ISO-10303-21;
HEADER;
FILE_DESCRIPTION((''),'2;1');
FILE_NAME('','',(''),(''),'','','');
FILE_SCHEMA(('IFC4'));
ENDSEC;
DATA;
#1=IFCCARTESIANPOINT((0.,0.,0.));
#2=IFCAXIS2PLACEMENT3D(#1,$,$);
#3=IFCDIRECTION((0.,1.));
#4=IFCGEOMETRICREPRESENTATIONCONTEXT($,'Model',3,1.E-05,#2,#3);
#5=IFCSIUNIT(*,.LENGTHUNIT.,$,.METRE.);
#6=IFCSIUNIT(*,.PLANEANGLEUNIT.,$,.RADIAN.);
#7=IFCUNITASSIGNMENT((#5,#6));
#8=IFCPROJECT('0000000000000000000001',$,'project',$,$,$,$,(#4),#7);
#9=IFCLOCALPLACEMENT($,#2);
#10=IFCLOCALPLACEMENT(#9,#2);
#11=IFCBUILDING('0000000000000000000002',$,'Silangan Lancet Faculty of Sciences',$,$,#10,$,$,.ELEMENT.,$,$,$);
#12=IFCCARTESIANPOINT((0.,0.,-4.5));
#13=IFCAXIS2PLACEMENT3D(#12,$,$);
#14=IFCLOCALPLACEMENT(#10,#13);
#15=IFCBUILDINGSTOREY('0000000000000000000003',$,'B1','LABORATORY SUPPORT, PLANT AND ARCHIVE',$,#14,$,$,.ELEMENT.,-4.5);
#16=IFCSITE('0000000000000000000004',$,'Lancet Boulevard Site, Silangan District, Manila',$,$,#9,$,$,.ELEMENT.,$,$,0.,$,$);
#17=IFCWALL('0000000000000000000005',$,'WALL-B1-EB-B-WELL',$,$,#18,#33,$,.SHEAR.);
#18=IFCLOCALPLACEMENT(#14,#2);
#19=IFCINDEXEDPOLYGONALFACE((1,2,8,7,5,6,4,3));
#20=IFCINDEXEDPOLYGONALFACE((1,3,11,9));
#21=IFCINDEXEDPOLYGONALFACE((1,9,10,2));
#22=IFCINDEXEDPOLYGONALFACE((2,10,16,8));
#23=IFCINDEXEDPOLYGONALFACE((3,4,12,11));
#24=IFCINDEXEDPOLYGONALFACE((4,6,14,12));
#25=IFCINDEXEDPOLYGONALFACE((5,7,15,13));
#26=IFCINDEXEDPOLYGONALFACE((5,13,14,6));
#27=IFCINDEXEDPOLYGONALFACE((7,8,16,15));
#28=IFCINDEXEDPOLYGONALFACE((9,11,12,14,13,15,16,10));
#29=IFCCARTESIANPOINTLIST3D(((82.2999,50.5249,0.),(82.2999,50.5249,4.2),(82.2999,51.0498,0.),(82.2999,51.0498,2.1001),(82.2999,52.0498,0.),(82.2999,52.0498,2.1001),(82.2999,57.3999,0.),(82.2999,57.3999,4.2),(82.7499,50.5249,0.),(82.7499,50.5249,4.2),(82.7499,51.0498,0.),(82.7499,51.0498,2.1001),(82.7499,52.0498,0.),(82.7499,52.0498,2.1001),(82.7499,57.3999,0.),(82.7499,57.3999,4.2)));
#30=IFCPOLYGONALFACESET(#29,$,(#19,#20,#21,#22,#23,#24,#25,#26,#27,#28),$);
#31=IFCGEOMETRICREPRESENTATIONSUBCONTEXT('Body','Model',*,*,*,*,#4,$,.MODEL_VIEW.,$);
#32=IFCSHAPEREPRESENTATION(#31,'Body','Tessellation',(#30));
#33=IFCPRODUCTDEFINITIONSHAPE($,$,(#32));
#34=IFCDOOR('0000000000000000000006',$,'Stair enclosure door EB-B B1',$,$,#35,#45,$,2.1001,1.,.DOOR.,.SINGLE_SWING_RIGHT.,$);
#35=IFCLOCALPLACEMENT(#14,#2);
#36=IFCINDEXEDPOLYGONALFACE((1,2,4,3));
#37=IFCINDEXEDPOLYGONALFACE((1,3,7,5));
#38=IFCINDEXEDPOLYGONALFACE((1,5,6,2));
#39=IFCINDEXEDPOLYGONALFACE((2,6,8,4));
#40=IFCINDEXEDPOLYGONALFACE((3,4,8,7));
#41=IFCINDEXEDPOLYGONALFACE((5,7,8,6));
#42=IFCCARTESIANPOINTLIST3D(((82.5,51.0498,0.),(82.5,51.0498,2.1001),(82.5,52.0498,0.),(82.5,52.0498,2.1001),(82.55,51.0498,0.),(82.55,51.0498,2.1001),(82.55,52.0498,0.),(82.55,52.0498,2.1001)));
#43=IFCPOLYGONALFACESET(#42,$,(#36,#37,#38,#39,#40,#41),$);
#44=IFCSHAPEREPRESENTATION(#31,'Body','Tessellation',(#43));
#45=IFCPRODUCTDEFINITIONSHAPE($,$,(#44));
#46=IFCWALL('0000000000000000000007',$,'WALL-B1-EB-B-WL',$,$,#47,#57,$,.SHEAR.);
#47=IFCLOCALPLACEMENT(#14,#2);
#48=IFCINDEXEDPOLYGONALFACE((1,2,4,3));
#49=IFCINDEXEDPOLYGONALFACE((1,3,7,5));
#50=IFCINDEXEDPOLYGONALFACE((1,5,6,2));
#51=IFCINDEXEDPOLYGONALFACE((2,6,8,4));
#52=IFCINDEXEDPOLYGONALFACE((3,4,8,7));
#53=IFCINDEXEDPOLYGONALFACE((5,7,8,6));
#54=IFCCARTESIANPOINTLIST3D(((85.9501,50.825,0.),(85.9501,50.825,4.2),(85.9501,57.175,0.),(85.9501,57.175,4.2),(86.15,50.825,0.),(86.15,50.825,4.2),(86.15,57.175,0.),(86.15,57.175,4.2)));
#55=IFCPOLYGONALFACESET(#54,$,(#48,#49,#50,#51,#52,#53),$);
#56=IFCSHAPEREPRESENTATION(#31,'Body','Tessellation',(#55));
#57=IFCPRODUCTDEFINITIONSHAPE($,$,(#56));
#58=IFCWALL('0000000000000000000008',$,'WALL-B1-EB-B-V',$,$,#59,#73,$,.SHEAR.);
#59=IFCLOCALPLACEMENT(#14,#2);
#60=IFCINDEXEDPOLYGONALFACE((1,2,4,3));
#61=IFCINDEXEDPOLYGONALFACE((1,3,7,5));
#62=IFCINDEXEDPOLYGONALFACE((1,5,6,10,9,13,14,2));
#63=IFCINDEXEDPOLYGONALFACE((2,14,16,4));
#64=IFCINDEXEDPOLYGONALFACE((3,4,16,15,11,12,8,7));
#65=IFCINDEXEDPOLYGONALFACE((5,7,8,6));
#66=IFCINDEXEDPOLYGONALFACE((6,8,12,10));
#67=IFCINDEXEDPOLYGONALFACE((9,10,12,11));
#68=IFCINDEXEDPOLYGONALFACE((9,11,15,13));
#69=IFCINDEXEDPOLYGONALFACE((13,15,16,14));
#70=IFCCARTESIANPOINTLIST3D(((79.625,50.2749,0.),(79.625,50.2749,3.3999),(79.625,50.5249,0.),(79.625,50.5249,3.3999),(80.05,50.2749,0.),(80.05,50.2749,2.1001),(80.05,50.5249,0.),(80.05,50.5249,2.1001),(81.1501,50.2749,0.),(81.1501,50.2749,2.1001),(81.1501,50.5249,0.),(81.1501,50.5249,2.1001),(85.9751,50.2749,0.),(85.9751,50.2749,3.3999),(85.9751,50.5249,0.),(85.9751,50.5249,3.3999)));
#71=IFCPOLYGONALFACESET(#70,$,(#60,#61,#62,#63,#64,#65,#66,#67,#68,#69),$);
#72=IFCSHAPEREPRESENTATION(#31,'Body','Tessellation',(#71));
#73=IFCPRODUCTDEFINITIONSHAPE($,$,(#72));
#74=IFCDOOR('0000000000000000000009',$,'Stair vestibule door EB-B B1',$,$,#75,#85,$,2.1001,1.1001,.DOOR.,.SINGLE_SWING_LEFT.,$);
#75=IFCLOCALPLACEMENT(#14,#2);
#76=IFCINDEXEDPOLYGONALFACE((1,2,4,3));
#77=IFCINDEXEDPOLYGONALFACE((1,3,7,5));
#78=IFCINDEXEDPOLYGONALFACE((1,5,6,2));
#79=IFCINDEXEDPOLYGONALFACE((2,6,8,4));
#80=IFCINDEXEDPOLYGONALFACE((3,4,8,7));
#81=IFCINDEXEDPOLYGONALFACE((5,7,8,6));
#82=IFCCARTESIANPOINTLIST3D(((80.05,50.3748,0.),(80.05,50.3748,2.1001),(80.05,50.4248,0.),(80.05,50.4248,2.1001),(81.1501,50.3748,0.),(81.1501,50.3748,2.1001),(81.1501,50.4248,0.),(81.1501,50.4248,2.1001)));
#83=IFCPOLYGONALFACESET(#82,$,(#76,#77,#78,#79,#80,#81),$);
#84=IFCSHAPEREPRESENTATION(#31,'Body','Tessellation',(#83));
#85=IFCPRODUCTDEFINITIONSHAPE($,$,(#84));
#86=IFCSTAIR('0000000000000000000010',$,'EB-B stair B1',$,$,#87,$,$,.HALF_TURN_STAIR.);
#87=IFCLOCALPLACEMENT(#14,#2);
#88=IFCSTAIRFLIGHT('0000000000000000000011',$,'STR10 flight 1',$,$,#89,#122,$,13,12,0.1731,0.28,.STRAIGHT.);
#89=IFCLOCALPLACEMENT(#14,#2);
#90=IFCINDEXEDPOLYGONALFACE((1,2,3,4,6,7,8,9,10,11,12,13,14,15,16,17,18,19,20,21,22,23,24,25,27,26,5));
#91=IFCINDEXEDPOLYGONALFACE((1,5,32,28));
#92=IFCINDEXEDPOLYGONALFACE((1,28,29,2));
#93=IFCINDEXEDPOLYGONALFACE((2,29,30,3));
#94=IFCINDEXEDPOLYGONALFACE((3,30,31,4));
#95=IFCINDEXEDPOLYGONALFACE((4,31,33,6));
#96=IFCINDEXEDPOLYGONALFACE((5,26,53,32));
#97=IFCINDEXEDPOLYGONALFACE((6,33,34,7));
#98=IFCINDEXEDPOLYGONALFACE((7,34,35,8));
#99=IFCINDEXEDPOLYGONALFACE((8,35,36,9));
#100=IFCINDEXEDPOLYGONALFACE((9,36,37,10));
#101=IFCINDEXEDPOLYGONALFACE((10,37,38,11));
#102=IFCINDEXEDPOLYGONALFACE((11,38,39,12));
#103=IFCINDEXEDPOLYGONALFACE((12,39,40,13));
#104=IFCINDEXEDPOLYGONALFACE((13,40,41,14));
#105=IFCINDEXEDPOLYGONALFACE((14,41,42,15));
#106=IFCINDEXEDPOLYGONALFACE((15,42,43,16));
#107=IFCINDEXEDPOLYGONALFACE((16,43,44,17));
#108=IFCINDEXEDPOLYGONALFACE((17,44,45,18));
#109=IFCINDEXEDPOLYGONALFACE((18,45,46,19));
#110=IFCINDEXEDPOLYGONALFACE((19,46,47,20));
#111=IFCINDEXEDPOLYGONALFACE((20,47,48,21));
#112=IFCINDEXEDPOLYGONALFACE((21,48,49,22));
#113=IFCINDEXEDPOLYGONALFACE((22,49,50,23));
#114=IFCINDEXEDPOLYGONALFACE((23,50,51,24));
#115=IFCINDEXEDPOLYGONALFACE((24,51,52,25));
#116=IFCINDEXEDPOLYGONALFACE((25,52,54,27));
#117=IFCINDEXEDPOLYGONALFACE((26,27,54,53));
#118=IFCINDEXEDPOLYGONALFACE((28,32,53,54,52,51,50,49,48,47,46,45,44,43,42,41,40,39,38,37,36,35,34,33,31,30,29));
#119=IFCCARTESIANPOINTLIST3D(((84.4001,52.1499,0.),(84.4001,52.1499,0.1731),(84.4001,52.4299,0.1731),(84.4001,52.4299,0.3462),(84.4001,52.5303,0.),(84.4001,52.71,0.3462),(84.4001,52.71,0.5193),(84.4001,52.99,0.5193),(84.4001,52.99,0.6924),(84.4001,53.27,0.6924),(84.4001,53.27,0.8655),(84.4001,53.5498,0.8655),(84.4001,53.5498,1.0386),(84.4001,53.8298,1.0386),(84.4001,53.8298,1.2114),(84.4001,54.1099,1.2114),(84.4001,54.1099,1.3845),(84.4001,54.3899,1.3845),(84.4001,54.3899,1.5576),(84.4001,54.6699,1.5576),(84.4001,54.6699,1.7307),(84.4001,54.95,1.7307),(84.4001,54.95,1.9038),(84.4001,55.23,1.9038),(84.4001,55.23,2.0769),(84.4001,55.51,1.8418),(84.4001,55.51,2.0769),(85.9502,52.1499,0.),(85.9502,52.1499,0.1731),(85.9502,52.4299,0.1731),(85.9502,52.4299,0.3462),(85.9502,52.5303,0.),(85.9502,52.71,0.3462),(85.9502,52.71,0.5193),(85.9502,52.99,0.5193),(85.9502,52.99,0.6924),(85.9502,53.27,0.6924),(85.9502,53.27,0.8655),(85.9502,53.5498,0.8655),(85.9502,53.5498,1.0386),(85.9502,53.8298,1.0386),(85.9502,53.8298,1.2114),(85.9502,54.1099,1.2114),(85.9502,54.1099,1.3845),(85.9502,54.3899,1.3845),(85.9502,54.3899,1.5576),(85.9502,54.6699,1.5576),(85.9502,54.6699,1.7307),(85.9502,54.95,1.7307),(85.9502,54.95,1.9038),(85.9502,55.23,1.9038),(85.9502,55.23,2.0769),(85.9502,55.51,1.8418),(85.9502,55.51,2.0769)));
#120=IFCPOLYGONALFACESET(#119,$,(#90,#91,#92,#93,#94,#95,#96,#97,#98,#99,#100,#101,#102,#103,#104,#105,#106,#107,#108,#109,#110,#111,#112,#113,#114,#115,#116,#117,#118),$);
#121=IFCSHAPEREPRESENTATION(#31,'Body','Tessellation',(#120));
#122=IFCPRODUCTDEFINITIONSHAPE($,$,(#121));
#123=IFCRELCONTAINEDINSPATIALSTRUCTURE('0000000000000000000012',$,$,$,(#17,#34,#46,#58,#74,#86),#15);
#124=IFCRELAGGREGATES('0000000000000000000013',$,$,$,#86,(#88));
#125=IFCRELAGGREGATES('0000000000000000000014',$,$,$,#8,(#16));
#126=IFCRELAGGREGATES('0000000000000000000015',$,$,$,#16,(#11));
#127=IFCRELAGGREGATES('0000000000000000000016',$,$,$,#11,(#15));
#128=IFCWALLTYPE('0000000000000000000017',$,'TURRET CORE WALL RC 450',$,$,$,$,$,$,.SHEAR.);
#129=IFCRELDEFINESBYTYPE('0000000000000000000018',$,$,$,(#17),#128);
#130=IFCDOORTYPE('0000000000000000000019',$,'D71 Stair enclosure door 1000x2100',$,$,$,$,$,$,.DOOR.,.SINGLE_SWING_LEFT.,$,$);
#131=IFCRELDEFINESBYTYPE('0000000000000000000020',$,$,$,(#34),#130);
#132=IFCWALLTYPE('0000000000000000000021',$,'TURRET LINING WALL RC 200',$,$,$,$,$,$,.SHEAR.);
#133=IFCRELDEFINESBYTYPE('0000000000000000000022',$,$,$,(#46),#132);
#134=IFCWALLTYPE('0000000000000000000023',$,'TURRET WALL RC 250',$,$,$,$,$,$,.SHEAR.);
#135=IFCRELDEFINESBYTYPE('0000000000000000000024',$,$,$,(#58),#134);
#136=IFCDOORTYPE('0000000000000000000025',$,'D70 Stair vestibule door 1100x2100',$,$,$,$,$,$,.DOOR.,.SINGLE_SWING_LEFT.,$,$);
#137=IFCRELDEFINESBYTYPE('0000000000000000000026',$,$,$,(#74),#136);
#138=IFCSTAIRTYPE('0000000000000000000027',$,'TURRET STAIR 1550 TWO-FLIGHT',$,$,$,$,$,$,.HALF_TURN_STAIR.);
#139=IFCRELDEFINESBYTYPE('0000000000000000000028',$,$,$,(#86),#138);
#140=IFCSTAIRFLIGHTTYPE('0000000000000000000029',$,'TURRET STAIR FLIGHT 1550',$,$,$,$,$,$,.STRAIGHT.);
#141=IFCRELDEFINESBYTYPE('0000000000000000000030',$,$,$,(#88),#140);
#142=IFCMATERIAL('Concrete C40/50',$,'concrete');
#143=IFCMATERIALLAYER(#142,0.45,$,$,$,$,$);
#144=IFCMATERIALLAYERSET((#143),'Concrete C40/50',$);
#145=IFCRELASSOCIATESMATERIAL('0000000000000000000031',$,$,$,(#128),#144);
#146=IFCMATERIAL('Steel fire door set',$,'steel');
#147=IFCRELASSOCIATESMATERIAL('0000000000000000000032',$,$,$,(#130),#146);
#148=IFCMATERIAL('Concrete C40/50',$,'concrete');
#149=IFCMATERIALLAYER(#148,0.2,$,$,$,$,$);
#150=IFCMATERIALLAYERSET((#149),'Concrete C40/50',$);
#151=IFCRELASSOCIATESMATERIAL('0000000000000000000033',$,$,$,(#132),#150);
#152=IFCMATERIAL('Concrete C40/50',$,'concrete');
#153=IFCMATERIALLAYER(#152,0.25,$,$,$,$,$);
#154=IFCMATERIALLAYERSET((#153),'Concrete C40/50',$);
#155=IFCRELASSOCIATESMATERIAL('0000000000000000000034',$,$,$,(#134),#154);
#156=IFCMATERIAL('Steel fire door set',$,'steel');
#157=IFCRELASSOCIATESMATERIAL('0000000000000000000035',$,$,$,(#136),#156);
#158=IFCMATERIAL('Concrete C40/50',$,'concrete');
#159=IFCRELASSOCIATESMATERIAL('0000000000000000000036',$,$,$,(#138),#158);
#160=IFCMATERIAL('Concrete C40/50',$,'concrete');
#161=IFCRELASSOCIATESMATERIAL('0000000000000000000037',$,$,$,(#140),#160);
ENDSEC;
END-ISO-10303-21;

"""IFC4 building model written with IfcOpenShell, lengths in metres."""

from ifc_helpers import new_model, si_unit, direction, frame, frame_2d, origin, place, context, subcontext, project, spatial, polyline, rectangle, outline, extrude, material, layer, layer_set, type_object, element, fill, aggregate, save


model = new_model("IFC4")

# Units and contexts
model_context = context("Model", 3, precision=1e-05, world=origin(), true_north=direction((0.0, 1.0)))
body_context = subcontext(model_context, "Body", "Model", "MODEL_VIEW")
ifc_project = project(units=[si_unit("LENGTHUNIT", "METRE"), si_unit("PLANEANGLEUNIT", "RADIAN")], contexts=[model_context])

# Site, building, storey
site_placement = place(None, origin())
site = spatial("IfcSite", under=ifc_project, at=site_placement, Name="Lancet Boulevard Site, Silangan District, Manila", CompositionType="ELEMENT", RefElevation=0.0)
building_placement = place(site_placement, origin())
building = spatial("IfcBuilding", under=site, at=building_placement, Name="Silangan Lancet Faculty of Sciences", CompositionType="ELEMENT")
storey_placement = place(building_placement, frame((0.0, 0.0, -4.5)))
storey = spatial("IfcBuildingStorey", under=building, at=storey_placement, Name="B1", Description="LABORATORY SUPPORT, PLANT AND ARCHIVE", CompositionType="ELEMENT", Elevation=-4.5)

# Wall, opening, door
ifc_material_1 = material(Name="Concrete C40/50", Category="concrete")
ifc_layer_1 = layer(ifc_material_1, 0.45)
ifc_layer_set_1 = layer_set([ifc_layer_1], Name="Concrete C40/50")
wall_type_1 = type_object("IfcWallType", Name="TURRET CORE WALL RC 450", PredefinedType="SHEAR", material=ifc_layer_set_1)
wall_1_placement = place(storey_placement, frame((82.5249, 50.5249, 0.0), z_axis=(0.0, 0.0, 1.0), x_axis=(0.0, 1.0, 0.0)))
wall_1 = element("IfcWall", 1, at=wall_1_placement, inside=storey, type_object=wall_type_1, Name="WALL-B1-EB-B-WELL", PredefinedType="SHEAR", context=body_context, shape_type="SweptSolid", body=[
    extrude(rectangle(XDim=6.875, YDim=0.45, at=frame_2d((3.4375, 0.0))), origin(), (0.0, 0.0, 1.0), 4.2),
])
opening_1_placement = place(wall_1_placement, frame((0.5249, 0.0, 0.0)))
opening_1 = element("IfcOpeningElement", 2, at=opening_1_placement, cuts=wall_1, PredefinedType="OPENING", context=body_context, shape_type="SweptSolid", body=[
    extrude(rectangle(XDim=1.0, YDim=2.1001, at=frame_2d((0.5, 1.05))), frame((0.0, 0.2349, 0.0), z_axis=(0.0, -1.0, 0.0), x_axis=(1.0, 0.0, 0.0)), (0.0, 0.0, 1.0), 0.47),
])
ifc_material_2 = material(Name="Steel fire door set", Category="steel")
door_type_1 = type_object("IfcDoorType", Name="D71 Stair enclosure door 1000x2100", OperationType="SINGLE_SWING_LEFT", PredefinedType="DOOR", material=ifc_material_2)
door_1_placement = place(opening_1_placement, frame((1.0, 0.0, 0.0), z_axis=(0.0, 0.0, 1.0), x_axis=(-1.0, 0.0, 0.0)))
door_1 = element("IfcDoor", 3, at=door_1_placement, inside=storey, type_object=door_type_1, Name="Stair enclosure door EB-B B1", OperationType="SINGLE_SWING_RIGHT", OverallHeight=2.1001, OverallWidth=1.0, PredefinedType="DOOR", context=body_context, shape_type="SweptSolid", body=[
    extrude(rectangle(XDim=1.0, YDim=2.1001, at=frame_2d((0.5, 1.05))), frame((0.0, 0.0251, 0.0), z_axis=(0.0, -1.0, 0.0), x_axis=(1.0, 0.0, 0.0)), (0.0, 0.0, 1.0), 0.05),
])
fill(opening_1, door_1)

# Wall
ifc_material_3 = material(Name="Concrete C40/50", Category="concrete")
ifc_layer_2 = layer(ifc_material_3, 0.2)
ifc_layer_set_2 = layer_set([ifc_layer_2], Name="Concrete C40/50")
wall_type_2 = type_object("IfcWallType", Name="TURRET LINING WALL RC 200", PredefinedType="SHEAR", material=ifc_layer_set_2)
wall_2_placement = place(storey_placement, frame((86.05, 50.825, 0.0), z_axis=(0.0, 0.0, 1.0), x_axis=(0.0, 1.0, 0.0)))
element("IfcWall", 4, at=wall_2_placement, inside=storey, type_object=wall_type_2, Name="WALL-B1-EB-B-WL", PredefinedType="SHEAR", context=body_context, shape_type="SweptSolid", body=[
    extrude(rectangle(XDim=6.3501, YDim=0.2, at=frame_2d((3.175, 0.0))), origin(), (0.0, 0.0, 1.0), 4.2),
])

# Wall, opening, door
ifc_material_4 = material(Name="Concrete C40/50", Category="concrete")
ifc_layer_3 = layer(ifc_material_4, 0.25)
ifc_layer_set_3 = layer_set([ifc_layer_3], Name="Concrete C40/50")
wall_type_3 = type_object("IfcWallType", Name="TURRET WALL RC 250", PredefinedType="SHEAR", material=ifc_layer_set_3)
wall_3_placement = place(storey_placement, frame((79.625, 50.3999, 0.0), z_axis=(0.0, 0.0, 1.0), x_axis=(1.0, 0.0, 0.0)))
wall_3 = element("IfcWall", 5, at=wall_3_placement, inside=storey, type_object=wall_type_3, Name="WALL-B1-EB-B-V", PredefinedType="SHEAR", context=body_context, shape_type="SweptSolid", body=[
    extrude(rectangle(XDim=6.3501, YDim=0.25, at=frame_2d((3.175, 0.0))), origin(), (0.0, 0.0, 1.0), 3.3999),
])
opening_2_placement = place(wall_3_placement, frame((0.425, 0.0, 0.0)))
opening_2 = element("IfcOpeningElement", 6, at=opening_2_placement, cuts=wall_3, PredefinedType="OPENING", context=body_context, shape_type="SweptSolid", body=[
    extrude(rectangle(XDim=1.1001, YDim=2.1001, at=frame_2d((0.55, 1.05))), frame((0.0, 0.135, 0.0), z_axis=(0.0, -1.0, 0.0), x_axis=(1.0, 0.0, 0.0)), (0.0, 0.0, 1.0), 0.27),
])
ifc_material_5 = material(Name="Steel fire door set", Category="steel")
door_type_2 = type_object("IfcDoorType", Name="D70 Stair vestibule door 1100x2100", OperationType="SINGLE_SWING_LEFT", PredefinedType="DOOR", material=ifc_material_5)
door_2_placement = place(opening_2_placement, origin())
door_2 = element("IfcDoor", 7, at=door_2_placement, inside=storey, type_object=door_type_2, Name="Stair vestibule door EB-B B1", OperationType="SINGLE_SWING_LEFT", OverallHeight=2.1001, OverallWidth=1.1001, PredefinedType="DOOR", context=body_context, shape_type="SweptSolid", body=[
    extrude(rectangle(XDim=1.1001, YDim=2.1001, at=frame_2d((0.55, 1.05))), frame((0.0, 0.0249, 0.0), z_axis=(0.0, -1.0, 0.0), x_axis=(1.0, 0.0, 0.0)), (0.0, 0.0, 1.0), 0.05),
])
fill(opening_2, door_2)

# Stair, stair flight
ifc_material_6 = material(Name="Concrete C40/50", Category="concrete")
stair_type = type_object("IfcStairType", Name="TURRET STAIR 1550 TWO-FLIGHT", PredefinedType="HALF_TURN_STAIR", material=ifc_material_6)
stair_placement = place(storey_placement, origin())
stair = element("IfcStair", 8, at=stair_placement, inside=storey, type_object=stair_type, Name="EB-B stair B1", PredefinedType="HALF_TURN_STAIR")
ifc_material_7 = material(Name="Concrete C40/50", Category="concrete")
stair_flight_type = type_object("IfcStairFlightType", Name="TURRET STAIR FLIGHT 1550", PredefinedType="STRAIGHT", material=ifc_material_7)
stair_flight_placement = place(storey_placement, frame((85.175, 52.1499, 0.0), z_axis=(0.0, 0.0, 1.0), x_axis=(0.0, 1.0, 0.0)))
stair_flight = element("IfcStairFlight", 9, at=stair_flight_placement, type_object=stair_flight_type, Name="STR10 flight 1", NumberOfRisers=13, NumberOfTreads=12, PredefinedType="STRAIGHT", RiserHeight=0.1731, TreadLength=0.28, context=body_context, shape_type="SweptSolid", body=[
    extrude(outline(polyline([(0.0, 0.0), (0.0, 0.1731), (0.28, 0.1731), (0.28, 0.3462), (0.5601, 0.3462), (0.5601, 0.5193), (0.8401, 0.5193), (0.8401, 0.6924), (1.1201, 0.6924), (1.1201, 0.8655), (1.3999, 0.8655), (1.3999, 1.0386), (1.6799, 1.0386), (1.6799, 1.2114), (1.96, 1.2114), (1.96, 1.3845), (2.24, 1.3845), (2.24, 1.5576), (2.52, 1.5576), (2.52, 1.7307), (2.8, 1.7307), (2.8, 1.9038), (3.0801, 1.9038), (3.0801, 2.0769), (3.3601, 2.0769), (3.3601, 2.25), (3.3601, 1.8418), (0.3804, 0.0), (0.0, 0.0)])), frame((0.0, 0.7749, 0.0), z_axis=(0.0, -1.0, 0.0), x_axis=(1.0, 0.0, 0.0)), (0.0, 0.0, 1.0), 1.55),
])
aggregate(stair, [stair_flight])

save(model, "model.ifc")
